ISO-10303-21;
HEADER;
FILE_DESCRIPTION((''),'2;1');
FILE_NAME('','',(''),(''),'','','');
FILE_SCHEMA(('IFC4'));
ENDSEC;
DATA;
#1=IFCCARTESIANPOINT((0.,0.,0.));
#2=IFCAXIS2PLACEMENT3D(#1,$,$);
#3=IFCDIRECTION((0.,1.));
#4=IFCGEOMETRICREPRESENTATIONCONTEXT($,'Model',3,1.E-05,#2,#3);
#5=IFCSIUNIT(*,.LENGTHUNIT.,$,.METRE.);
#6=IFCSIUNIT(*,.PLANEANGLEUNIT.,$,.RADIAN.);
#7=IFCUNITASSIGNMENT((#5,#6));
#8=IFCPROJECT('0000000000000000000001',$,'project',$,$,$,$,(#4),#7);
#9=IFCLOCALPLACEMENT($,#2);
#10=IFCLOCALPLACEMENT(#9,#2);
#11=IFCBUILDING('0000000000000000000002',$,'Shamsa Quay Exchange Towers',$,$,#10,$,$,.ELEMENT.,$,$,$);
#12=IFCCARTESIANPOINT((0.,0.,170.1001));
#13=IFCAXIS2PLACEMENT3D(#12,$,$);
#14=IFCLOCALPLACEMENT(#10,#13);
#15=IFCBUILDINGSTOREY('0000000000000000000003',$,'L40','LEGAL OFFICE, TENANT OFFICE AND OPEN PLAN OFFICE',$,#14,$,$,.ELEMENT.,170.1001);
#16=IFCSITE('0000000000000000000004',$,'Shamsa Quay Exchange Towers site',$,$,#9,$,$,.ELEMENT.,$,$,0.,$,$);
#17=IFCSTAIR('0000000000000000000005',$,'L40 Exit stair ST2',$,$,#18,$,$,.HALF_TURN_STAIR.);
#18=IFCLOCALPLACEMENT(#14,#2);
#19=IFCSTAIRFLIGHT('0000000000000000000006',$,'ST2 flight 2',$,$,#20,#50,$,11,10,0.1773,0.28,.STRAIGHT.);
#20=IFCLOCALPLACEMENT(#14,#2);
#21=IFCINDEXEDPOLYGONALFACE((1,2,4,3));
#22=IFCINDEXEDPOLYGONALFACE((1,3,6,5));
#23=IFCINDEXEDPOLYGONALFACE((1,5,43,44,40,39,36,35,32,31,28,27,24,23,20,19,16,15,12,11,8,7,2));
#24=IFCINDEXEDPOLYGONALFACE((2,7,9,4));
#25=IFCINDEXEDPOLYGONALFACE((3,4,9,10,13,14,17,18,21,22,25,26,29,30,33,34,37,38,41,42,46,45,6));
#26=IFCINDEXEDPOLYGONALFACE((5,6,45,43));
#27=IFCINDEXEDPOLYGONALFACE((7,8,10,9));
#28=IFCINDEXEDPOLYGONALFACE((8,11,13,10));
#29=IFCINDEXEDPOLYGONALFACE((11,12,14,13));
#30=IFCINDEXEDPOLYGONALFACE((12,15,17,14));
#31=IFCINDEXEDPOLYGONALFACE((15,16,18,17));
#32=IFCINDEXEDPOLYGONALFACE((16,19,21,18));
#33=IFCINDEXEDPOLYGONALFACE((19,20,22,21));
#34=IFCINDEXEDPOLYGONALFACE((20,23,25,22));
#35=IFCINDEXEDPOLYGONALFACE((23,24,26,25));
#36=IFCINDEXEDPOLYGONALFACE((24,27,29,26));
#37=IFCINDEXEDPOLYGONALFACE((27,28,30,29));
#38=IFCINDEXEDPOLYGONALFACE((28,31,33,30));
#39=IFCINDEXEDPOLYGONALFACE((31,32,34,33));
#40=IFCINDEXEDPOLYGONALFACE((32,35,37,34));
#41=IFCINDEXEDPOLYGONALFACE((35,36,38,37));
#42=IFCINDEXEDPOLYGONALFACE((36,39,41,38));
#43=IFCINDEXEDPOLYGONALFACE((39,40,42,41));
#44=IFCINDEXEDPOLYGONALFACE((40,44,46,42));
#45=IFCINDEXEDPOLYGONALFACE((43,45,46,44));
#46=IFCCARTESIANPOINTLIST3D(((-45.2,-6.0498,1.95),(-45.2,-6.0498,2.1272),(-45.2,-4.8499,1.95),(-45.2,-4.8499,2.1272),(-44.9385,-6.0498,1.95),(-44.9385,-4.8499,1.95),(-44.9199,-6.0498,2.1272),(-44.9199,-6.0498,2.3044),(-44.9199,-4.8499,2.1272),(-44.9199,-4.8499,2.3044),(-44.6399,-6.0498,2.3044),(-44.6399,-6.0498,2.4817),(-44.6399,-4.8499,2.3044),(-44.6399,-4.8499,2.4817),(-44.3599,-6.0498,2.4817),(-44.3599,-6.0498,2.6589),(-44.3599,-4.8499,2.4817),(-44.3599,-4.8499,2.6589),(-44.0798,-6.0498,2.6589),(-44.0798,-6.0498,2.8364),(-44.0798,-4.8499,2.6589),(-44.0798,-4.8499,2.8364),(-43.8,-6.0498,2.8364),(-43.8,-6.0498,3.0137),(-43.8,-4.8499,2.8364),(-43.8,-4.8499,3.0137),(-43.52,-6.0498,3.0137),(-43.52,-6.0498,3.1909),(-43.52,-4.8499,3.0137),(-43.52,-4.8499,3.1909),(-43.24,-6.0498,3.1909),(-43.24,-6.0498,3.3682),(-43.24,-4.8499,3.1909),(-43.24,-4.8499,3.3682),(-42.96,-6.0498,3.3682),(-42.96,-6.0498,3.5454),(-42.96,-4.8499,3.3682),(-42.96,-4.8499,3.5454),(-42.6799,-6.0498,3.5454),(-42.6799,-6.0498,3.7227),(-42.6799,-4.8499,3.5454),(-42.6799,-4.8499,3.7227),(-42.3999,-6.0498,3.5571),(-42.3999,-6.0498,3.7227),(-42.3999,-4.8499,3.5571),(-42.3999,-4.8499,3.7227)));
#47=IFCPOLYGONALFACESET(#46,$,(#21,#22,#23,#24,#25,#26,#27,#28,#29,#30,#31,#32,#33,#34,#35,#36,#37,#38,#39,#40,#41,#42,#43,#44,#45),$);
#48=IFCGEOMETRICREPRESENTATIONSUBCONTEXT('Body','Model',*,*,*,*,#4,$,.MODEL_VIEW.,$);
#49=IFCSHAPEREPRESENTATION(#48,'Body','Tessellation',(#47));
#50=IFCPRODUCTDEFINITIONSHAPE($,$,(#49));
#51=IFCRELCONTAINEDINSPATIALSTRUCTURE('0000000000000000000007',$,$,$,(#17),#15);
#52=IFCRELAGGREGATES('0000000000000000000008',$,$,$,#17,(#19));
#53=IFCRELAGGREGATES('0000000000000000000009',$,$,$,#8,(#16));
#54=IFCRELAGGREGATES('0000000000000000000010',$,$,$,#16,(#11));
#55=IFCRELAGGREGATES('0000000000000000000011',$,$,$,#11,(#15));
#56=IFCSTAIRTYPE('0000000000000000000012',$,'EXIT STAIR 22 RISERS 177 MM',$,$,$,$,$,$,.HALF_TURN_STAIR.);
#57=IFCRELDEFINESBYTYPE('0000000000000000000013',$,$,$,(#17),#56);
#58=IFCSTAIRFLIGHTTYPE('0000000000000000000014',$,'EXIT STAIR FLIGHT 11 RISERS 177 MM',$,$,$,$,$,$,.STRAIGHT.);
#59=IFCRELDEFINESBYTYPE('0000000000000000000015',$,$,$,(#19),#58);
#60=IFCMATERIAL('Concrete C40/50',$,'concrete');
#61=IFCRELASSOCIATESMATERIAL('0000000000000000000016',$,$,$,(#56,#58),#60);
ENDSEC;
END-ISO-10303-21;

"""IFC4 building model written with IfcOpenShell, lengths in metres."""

from ifc_helpers import new_model, si_unit, direction, frame, origin, place, context, subcontext, project, spatial, polyline, outline, extrude, material, type_object, element, aggregate, save


model = new_model("IFC4")

# Units and contexts
model_context = context("Model", 3, precision=1e-05, world=origin(), true_north=direction((0.0, 1.0)))
body_context = subcontext(model_context, "Body", "Model", "MODEL_VIEW")
ifc_project = project(units=[si_unit("LENGTHUNIT", "METRE"), si_unit("PLANEANGLEUNIT", "RADIAN")], contexts=[model_context])

# Site, building, storey
site_placement = place(None, origin())
site = spatial("IfcSite", under=ifc_project, at=site_placement, Name="Shamsa Quay Exchange Towers site", CompositionType="ELEMENT", RefElevation=0.0)
building_placement = place(site_placement, origin())
building = spatial("IfcBuilding", under=site, at=building_placement, Name="Shamsa Quay Exchange Towers", CompositionType="ELEMENT")
storey_placement = place(building_placement, frame((0.0, 0.0, 170.1001)))
storey = spatial("IfcBuildingStorey", under=building, at=storey_placement, Name="L40", Description="LEGAL OFFICE, TENANT OFFICE AND OPEN PLAN OFFICE", CompositionType="ELEMENT", Elevation=170.1001)

# Stair, stair flight
ifc_material_1 = material(Name="Concrete C40/50", Category="concrete")
stair_type = type_object("IfcStairType", Name="EXIT STAIR 22 RISERS 177 MM", PredefinedType="HALF_TURN_STAIR", material=ifc_material_1)
stair_placement = place(storey_placement, origin())
stair = element("IfcStair", 1, at=stair_placement, inside=storey, type_object=stair_type, Name="L40 Exit stair ST2", PredefinedType="HALF_TURN_STAIR")
stair_flight_type = type_object("IfcStairFlightType", Name="EXIT STAIR FLIGHT 11 RISERS 177 MM", PredefinedType="STRAIGHT", material=ifc_material_1)
stair_flight_placement = place(storey_placement, frame((-45.2, -5.45, 1.95)))
stair_flight = element("IfcStairFlight", 2, at=stair_flight_placement, type_object=stair_flight_type, Name="ST2 flight 2", NumberOfRisers=11, NumberOfTreads=10, PredefinedType="STRAIGHT", RiserHeight=0.1773, TreadLength=0.28, context=body_context, shape_type="SweptSolid", body=[
    extrude(outline(polyline([(0.0, 0.0), (0.0, 0.1772), (0.28, 0.1772), (0.28, 0.3545), (0.5601, 0.3545), (0.5601, 0.5317), (0.8401, 0.5317), (0.8401, 0.709), (1.1201, 0.709), (1.1201, 0.8865), (1.3999, 0.8865), (1.3999, 1.0637), (1.6799, 1.0637), (1.6799, 1.241), (1.96, 1.241), (1.96, 1.4182), (2.24, 1.4182), (2.24, 1.5955), (2.52, 1.5955), (2.52, 1.7727), (2.8, 1.7727), (2.8, 1.95), (2.8, 1.6072), (0.2615, 0.0), (0.0, 0.0)])), frame((0.0, 0.6001, 0.0), z_axis=(0.0, -1.0, 0.0), x_axis=(1.0, 0.0, 0.0)), (0.0, 0.0, 1.0), 1.2),
])
aggregate(stair, [stair_flight])

save(model, "model.ifc")
